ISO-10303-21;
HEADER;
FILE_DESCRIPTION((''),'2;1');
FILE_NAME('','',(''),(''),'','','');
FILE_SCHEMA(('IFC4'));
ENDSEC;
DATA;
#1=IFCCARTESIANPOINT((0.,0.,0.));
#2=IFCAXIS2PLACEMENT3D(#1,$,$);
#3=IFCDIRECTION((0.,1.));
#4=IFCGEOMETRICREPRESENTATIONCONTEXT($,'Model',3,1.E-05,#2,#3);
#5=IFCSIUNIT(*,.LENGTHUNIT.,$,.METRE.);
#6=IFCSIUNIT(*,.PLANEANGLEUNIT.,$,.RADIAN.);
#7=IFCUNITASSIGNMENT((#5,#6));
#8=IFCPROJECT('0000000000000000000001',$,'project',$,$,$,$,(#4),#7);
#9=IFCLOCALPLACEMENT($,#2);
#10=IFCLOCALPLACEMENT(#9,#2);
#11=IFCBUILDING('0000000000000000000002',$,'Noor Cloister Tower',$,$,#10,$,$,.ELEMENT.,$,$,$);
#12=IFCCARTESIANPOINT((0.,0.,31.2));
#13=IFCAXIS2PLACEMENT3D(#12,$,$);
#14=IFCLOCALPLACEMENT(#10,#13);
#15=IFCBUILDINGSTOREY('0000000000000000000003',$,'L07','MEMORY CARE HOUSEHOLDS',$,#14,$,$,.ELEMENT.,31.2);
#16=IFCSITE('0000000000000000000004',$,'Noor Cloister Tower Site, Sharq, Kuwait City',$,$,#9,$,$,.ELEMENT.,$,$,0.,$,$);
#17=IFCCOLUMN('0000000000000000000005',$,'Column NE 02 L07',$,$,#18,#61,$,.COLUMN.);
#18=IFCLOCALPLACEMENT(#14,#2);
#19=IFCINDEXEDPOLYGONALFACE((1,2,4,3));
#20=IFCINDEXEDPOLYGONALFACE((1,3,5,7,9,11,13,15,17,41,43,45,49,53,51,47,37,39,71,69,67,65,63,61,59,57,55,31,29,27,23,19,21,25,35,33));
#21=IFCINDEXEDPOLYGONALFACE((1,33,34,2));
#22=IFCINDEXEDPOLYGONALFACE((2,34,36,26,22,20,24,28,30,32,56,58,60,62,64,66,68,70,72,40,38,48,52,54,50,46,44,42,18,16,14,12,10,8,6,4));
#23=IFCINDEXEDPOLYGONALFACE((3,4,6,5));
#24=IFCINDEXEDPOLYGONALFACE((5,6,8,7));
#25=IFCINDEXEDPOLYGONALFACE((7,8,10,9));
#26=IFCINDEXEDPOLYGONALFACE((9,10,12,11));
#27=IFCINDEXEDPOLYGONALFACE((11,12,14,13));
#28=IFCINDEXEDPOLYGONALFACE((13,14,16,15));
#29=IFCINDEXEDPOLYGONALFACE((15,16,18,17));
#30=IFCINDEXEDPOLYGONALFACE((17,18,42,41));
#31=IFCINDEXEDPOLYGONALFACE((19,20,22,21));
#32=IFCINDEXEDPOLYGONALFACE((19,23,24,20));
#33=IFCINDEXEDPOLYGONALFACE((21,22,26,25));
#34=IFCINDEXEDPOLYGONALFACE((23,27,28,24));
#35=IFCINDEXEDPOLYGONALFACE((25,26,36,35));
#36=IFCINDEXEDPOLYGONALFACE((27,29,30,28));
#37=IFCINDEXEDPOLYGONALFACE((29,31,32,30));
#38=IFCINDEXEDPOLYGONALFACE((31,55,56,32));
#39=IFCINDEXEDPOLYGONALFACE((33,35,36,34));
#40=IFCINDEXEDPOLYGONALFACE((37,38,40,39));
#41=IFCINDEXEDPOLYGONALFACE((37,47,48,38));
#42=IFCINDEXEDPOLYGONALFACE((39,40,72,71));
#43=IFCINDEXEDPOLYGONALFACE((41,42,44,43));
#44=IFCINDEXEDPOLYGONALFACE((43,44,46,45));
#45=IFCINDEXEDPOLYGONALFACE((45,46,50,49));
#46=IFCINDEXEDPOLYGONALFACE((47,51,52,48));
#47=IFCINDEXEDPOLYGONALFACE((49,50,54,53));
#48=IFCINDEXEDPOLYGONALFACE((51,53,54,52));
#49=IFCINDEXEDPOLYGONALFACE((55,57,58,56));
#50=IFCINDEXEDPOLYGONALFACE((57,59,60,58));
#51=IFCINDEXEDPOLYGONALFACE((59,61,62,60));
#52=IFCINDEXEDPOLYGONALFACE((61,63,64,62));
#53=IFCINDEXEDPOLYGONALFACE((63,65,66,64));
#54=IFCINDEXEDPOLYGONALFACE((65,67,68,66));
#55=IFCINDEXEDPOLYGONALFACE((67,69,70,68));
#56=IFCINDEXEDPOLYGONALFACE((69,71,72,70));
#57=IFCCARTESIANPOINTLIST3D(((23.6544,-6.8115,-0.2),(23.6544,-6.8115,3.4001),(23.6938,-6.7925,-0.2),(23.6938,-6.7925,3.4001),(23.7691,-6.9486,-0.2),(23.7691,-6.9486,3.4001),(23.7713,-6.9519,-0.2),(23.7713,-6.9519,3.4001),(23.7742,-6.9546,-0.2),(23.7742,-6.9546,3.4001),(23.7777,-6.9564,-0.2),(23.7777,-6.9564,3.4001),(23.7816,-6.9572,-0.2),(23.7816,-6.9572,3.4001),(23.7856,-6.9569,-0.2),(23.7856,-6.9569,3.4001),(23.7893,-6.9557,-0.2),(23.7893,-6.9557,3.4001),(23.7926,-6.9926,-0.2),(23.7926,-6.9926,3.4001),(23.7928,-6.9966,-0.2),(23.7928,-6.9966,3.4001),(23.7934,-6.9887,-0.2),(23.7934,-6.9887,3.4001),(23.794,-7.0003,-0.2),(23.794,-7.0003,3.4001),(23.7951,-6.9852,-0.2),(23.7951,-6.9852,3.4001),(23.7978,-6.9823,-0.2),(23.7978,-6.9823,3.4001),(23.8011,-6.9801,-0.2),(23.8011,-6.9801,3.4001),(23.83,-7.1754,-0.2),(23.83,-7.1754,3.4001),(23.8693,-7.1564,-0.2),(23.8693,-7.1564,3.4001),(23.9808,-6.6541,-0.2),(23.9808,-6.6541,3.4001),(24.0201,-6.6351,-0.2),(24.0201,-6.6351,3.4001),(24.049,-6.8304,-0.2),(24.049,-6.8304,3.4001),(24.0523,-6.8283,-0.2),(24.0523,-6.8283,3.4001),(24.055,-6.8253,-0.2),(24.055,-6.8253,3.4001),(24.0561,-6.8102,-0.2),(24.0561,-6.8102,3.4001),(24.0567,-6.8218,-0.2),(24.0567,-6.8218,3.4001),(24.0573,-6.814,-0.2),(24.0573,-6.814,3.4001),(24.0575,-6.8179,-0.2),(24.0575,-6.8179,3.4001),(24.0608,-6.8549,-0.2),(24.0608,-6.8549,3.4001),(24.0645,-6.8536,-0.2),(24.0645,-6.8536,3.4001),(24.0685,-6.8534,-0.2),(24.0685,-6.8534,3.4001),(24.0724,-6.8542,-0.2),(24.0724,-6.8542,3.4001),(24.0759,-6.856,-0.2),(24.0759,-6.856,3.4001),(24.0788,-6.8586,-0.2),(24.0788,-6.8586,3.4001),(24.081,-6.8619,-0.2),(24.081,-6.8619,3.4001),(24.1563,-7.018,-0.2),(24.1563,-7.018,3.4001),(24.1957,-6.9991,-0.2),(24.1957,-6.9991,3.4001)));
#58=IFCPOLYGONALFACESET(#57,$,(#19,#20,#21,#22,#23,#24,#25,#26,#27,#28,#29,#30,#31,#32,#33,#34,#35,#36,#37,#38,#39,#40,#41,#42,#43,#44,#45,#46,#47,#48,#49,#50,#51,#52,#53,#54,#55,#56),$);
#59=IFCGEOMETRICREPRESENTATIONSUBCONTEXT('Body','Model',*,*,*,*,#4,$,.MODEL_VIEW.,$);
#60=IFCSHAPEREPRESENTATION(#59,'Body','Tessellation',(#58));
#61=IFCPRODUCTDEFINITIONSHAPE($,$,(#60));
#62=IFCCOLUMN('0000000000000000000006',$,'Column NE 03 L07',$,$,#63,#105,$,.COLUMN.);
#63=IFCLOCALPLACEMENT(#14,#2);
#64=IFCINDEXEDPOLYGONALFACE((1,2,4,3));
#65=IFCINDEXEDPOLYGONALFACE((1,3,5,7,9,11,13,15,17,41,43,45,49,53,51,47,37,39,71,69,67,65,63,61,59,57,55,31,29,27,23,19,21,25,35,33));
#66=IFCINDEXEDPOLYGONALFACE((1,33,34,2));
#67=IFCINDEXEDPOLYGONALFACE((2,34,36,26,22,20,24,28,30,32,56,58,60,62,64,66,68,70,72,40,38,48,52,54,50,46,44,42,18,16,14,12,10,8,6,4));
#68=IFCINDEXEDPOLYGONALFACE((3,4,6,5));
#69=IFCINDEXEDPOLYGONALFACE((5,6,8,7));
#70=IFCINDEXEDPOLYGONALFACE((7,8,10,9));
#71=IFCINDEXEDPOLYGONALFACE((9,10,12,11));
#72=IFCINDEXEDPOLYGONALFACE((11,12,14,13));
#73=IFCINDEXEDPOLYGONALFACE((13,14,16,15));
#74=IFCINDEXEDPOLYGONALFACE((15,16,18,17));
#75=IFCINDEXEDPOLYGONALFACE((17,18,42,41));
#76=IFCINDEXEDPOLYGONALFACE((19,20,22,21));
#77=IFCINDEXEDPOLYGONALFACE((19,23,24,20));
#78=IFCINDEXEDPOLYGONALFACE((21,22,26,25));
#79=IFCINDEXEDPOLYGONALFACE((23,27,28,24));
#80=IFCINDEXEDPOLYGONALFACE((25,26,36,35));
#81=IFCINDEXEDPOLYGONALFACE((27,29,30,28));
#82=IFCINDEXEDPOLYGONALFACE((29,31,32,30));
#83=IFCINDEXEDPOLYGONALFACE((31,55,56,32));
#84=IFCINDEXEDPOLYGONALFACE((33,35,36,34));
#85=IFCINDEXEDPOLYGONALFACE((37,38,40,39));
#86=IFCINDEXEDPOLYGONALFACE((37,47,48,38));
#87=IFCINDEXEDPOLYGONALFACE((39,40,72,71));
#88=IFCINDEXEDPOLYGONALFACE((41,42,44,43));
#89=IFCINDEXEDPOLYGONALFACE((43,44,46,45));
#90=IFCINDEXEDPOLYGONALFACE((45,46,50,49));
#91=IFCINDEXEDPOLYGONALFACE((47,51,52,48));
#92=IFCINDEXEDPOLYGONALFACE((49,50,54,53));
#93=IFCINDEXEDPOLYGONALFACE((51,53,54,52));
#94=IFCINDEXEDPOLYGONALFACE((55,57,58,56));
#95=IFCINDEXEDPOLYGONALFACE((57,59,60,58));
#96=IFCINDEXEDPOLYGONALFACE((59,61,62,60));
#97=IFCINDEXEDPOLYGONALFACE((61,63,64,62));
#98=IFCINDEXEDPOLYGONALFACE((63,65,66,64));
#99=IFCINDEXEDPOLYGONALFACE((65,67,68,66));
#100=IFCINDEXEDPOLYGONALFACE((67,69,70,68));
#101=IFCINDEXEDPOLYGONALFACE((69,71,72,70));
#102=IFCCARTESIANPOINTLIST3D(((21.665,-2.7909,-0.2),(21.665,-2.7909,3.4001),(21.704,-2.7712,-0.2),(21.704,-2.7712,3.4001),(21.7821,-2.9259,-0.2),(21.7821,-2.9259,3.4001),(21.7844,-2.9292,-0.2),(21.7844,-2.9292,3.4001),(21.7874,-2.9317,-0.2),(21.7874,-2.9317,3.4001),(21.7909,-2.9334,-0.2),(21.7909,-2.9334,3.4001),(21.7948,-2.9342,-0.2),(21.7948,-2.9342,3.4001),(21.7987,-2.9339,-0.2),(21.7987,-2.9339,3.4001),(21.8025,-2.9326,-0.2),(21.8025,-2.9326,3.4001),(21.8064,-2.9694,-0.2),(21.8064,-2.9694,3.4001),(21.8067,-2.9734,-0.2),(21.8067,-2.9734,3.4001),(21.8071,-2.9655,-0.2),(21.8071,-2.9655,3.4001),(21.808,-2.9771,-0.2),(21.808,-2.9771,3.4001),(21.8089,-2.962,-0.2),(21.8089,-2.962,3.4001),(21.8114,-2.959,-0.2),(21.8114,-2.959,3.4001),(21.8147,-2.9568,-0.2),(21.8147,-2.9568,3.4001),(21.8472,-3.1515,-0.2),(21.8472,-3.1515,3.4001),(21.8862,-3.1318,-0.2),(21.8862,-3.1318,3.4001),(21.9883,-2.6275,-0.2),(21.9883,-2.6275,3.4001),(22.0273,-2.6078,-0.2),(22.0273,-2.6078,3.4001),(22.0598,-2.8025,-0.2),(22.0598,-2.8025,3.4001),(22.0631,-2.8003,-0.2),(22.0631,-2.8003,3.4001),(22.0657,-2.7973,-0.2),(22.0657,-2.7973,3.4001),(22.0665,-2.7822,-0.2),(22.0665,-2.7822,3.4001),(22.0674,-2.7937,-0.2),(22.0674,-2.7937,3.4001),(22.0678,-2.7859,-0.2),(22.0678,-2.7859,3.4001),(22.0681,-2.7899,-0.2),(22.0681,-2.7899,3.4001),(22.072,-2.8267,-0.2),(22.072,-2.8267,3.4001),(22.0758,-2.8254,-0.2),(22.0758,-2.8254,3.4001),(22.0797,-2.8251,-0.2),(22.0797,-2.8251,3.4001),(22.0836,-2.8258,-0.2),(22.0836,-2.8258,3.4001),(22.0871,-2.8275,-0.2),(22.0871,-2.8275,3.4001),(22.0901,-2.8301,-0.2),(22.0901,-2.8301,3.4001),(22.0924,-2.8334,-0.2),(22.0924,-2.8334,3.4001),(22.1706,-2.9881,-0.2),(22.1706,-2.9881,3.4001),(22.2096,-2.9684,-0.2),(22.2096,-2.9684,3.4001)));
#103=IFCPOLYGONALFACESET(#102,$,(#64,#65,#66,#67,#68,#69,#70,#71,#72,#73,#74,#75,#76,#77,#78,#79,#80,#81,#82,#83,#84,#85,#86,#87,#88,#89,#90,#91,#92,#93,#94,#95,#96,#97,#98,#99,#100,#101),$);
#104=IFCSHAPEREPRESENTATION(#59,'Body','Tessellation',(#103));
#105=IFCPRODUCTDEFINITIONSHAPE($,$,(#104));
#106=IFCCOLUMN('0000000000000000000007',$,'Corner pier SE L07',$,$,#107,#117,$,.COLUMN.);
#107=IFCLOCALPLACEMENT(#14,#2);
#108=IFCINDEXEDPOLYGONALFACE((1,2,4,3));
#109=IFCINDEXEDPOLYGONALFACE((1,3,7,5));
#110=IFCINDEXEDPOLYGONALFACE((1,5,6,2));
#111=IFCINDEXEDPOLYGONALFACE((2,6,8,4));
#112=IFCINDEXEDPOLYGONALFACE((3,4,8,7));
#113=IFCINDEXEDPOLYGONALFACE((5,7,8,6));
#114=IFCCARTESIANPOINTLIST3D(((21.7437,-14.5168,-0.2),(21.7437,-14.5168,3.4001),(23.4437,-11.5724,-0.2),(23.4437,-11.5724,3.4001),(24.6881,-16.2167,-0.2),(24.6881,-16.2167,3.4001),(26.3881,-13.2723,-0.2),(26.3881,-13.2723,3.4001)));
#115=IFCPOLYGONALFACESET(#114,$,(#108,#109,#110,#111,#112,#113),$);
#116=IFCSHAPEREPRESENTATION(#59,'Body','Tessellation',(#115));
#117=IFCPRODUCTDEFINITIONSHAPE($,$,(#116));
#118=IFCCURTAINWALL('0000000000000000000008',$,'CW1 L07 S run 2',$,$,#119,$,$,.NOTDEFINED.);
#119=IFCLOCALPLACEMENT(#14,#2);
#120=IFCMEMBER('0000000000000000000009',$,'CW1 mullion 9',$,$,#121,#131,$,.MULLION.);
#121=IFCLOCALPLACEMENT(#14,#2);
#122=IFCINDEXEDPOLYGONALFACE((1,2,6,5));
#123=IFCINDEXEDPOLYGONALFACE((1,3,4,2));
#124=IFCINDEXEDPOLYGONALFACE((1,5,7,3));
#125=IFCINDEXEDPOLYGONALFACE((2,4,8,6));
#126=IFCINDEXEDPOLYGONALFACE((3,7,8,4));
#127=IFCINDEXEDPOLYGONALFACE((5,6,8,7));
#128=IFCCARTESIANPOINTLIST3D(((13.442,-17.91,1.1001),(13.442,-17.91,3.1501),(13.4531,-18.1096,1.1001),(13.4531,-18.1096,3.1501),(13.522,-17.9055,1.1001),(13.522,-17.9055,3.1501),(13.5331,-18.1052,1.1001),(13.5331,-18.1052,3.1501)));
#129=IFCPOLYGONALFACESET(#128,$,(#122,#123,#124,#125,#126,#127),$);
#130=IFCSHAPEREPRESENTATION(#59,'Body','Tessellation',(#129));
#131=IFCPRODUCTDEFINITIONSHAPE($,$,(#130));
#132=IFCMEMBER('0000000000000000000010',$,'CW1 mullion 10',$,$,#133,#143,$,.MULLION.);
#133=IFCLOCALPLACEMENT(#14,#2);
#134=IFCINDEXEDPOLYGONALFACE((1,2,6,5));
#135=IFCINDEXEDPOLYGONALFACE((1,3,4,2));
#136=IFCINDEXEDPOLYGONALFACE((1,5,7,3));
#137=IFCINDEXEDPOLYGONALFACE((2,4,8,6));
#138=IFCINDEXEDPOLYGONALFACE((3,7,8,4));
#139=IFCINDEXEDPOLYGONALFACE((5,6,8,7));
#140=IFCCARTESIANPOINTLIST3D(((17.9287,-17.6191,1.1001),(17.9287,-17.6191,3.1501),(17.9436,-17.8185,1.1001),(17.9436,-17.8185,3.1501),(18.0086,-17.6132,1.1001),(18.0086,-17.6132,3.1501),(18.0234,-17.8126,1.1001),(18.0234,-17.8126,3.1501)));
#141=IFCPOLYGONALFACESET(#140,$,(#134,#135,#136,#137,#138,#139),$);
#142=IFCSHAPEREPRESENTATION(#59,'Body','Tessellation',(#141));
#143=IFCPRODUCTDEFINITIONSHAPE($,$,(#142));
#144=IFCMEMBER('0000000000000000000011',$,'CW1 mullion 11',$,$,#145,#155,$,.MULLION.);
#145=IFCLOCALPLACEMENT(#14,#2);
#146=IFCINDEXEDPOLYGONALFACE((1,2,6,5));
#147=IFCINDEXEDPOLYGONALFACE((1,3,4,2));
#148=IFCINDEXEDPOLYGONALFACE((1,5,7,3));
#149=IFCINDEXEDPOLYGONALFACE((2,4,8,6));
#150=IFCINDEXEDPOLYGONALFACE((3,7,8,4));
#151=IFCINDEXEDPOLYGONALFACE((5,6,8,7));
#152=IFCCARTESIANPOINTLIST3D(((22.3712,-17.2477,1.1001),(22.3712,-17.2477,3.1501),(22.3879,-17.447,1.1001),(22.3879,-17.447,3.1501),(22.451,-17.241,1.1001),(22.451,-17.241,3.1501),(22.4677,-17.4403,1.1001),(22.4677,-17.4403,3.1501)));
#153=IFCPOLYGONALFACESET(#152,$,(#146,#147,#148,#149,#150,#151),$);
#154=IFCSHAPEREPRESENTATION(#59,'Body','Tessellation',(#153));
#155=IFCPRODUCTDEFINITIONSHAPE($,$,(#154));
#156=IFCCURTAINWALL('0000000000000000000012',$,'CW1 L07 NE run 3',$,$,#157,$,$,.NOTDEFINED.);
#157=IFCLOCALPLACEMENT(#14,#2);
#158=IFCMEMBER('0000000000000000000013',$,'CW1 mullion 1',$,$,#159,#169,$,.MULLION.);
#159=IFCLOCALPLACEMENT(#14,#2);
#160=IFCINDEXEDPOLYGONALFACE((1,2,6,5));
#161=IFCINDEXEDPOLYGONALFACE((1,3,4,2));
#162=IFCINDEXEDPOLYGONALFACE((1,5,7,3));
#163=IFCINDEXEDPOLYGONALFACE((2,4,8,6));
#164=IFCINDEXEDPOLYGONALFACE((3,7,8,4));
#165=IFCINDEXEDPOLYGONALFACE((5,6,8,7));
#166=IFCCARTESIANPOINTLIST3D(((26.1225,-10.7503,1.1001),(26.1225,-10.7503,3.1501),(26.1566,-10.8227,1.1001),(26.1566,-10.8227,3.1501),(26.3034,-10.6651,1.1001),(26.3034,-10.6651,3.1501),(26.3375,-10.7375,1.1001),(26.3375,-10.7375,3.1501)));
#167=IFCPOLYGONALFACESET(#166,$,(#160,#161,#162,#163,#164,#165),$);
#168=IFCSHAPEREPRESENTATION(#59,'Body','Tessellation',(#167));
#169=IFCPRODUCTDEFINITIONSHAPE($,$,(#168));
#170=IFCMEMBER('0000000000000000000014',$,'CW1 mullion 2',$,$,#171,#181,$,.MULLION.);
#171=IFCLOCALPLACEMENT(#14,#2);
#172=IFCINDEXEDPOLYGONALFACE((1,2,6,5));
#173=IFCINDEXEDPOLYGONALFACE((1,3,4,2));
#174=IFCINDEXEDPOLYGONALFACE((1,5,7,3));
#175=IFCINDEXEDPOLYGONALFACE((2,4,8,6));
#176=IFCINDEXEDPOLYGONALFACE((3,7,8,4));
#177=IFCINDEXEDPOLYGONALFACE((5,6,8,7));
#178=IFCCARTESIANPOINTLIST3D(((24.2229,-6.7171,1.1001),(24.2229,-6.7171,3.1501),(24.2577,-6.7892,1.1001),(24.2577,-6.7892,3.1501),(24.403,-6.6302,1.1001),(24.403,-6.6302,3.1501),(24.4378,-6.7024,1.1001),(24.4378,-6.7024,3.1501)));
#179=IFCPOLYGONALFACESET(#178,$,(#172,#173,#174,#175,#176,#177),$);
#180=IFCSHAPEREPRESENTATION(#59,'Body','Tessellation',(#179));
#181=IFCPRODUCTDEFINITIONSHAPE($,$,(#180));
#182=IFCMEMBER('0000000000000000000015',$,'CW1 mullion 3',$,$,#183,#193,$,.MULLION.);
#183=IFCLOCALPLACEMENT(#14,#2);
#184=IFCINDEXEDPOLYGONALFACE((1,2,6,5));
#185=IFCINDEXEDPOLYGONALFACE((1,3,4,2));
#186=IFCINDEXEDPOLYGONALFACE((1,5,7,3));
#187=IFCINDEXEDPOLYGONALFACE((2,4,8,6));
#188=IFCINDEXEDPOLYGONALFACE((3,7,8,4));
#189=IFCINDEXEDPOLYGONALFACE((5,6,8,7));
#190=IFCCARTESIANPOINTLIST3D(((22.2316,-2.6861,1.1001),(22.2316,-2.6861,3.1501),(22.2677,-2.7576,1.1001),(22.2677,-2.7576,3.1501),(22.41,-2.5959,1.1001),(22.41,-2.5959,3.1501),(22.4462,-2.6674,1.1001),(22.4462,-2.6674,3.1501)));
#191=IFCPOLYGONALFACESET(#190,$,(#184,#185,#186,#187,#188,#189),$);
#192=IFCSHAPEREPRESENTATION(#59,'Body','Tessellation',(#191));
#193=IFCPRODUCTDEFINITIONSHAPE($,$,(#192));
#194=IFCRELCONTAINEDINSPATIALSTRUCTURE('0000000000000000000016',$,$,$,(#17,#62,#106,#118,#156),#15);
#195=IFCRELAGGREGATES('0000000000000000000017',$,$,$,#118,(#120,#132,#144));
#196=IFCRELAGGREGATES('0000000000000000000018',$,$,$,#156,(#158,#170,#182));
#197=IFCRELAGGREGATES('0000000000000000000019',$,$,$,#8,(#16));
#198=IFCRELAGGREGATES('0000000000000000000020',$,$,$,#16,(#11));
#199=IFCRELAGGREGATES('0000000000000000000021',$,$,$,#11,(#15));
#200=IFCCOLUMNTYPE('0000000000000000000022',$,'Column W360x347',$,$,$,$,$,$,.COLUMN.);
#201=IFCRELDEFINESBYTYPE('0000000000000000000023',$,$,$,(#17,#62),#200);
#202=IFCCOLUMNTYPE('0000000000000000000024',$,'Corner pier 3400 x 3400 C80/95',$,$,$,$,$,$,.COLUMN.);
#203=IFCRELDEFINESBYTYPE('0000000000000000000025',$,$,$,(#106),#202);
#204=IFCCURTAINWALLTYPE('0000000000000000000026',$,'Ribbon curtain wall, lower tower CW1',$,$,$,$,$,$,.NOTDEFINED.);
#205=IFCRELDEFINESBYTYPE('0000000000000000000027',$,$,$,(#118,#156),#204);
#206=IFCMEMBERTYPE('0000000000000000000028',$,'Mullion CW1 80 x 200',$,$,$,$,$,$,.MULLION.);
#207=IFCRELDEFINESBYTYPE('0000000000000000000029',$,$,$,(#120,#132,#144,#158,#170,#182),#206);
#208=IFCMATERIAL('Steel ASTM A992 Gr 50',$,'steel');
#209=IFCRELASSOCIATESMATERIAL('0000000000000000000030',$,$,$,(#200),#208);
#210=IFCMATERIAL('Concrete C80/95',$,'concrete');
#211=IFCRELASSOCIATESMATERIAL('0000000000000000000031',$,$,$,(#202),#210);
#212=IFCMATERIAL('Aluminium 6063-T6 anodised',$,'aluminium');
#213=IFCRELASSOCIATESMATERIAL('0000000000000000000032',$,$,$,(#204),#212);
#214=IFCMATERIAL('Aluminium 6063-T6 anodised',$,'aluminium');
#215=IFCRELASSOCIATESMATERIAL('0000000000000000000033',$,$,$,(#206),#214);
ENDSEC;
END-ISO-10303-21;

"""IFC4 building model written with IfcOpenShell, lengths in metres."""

from ifc_helpers import new_model, si_unit, direction, frame, origin, origin_2d, place, context, subcontext, project, spatial, rectangle, i_section, extrude, material, material_profile, profile_set, type_object, element, aggregate, save


model = new_model("IFC4")

# Units and contexts
model_context = context("Model", 3, precision=1e-05, world=origin(), true_north=direction((0.0, 1.0)))
body_context = subcontext(model_context, "Body", "Model", "MODEL_VIEW")
ifc_project = project(units=[si_unit("LENGTHUNIT", "METRE"), si_unit("PLANEANGLEUNIT", "RADIAN")], contexts=[model_context])

# Site, building, storey
site_placement = place(None, origin())
site = spatial("IfcSite", under=ifc_project, at=site_placement, Name="Noor Cloister Tower Site, Sharq, Kuwait City", CompositionType="ELEMENT", RefElevation=0.0)
building_placement = place(site_placement, origin())
building = spatial("IfcBuilding", under=site, at=building_placement, Name="Noor Cloister Tower", CompositionType="ELEMENT")
storey_placement = place(building_placement, frame((0.0, 0.0, 31.2)))
storey = spatial("IfcBuildingStorey", under=building, at=storey_placement, Name="L07", Description="MEMORY CARE HOUSEHOLDS", CompositionType="ELEMENT", Elevation=31.2)

# Columns
ifc_material_1 = material(Name="Steel ASTM A992 Gr 50", Category="steel")
ifc_material_profile_1 = material_profile(ifc_material_1, i_section(OverallWidth=0.4041, OverallDepth=0.406, WebThickness=0.0271, FlangeThickness=0.0437, FilletRadius=0.0151, at=origin_2d()), Name="W360x347")
ifc_profile_set_1 = profile_set([ifc_material_profile_1], Name="Steel ASTM A992 Gr 50")
column_type_1 = type_object("IfcColumnType", Name="Column W360x347", PredefinedType="COLUMN", material=ifc_profile_set_1)
for number, where, z_axis, x_axis, name in (
    (1, (23.925, -6.9053, -0.2), (0.0, 0.0, 1.0), (-0.43441, 0.900715, 0.0), "Column NE 02 L07"),
    (2, (21.9373, -2.8796, -0.2), (0.0, 0.0, 1.0), (-0.451046, 0.892501, 0.0), "Column NE 03 L07"),
):
    element("IfcColumn", number, at=place(storey_placement, frame(where, z_axis=z_axis, x_axis=x_axis)), inside=storey, type_object=column_type_1, Name=name, PredefinedType="COLUMN", context=body_context, shape_type="SweptSolid", body=[
        extrude(i_section(OverallWidth=0.4041, OverallDepth=0.406, WebThickness=0.0271, FlangeThickness=0.0437, FilletRadius=0.0151, at=origin_2d()), origin(), (0.0, 0.0, 1.0), 3.6001),
    ])
ifc_material_2 = material(Name="Concrete C80/95", Category="concrete")
ifc_material_profile_2 = material_profile(ifc_material_2, rectangle(XDim=3.3999, YDim=3.3999, at=origin_2d()), Name="RC 3400x3400")
ifc_profile_set_2 = profile_set([ifc_material_profile_2], Name="Concrete C80/95")
column_type_2 = type_object("IfcColumnType", Name="Corner pier 3400 x 3400 C80/95", PredefinedType="COLUMN", material=ifc_profile_set_2)
column_placement = place(storey_placement, frame((24.0659, -13.8945, -0.2), z_axis=(0.0, 0.0, 1.0), x_axis=(0.866025, -0.5, 0.0)))
element("IfcColumn", 3, at=column_placement, inside=storey, type_object=column_type_2, Name="Corner pier SE L07", PredefinedType="COLUMN", context=body_context, shape_type="SweptSolid", body=[
    extrude(rectangle(XDim=3.3999, YDim=3.3999, at=origin_2d()), origin(), (0.0, 0.0, 1.0), 3.6001),
])

# Curtain walls, members
ifc_material_3 = material(Name="Aluminium 6063-T6 anodised", Category="aluminium")
curtain_wall_type = type_object("IfcCurtainWallType", Name="Ribbon curtain wall, lower tower CW1", PredefinedType="NOTDEFINED", material=ifc_material_3)
curtain_wall_1_placement = place(storey_placement, origin())
curtain_wall_1 = element("IfcCurtainWall", 4, at=curtain_wall_1_placement, inside=storey, type_object=curtain_wall_type, Name="CW1 L07 S run 2", PredefinedType="NOTDEFINED")
ifc_material_4 = material(Name="Aluminium 6063-T6 anodised", Category="aluminium")
ifc_material_profile_3 = material_profile(ifc_material_4, rectangle(XDim=0.2, YDim=0.0801, at=origin_2d()), Name="200 x 80 mullion")
ifc_profile_set_3 = profile_set([ifc_material_profile_3], Name="Aluminium 6063-T6 anodised")
member_type = type_object("IfcMemberType", Name="Mullion CW1 80 x 200", PredefinedType="MULLION", material=ifc_profile_set_3)
member_1_placement = place(storey_placement, frame((13.4875, -18.0076, 1.1001), z_axis=(0.0, 0.0, 1.0), x_axis=(-0.055633, 0.998451, 0.0)))
member_1 = element("IfcMember", 5, at=member_1_placement, type_object=member_type, Name="CW1 mullion 9", PredefinedType="MULLION", context=body_context, shape_type="SweptSolid", body=[
    extrude(rectangle(XDim=0.2, YDim=0.0801, at=origin_2d()), origin(), (0.0, 0.0, 1.0), 2.05),
])
member_2_placement = place(storey_placement, frame((17.9761, -17.7158, 1.1001), z_axis=(0.0, 0.0, 1.0), x_axis=(-0.074147, 0.997247, 0.0)))
member_2 = element("IfcMember", 6, at=member_2_placement, type_object=member_type, Name="CW1 mullion 10", PredefinedType="MULLION", context=body_context, shape_type="SweptSolid", body=[
    extrude(rectangle(XDim=0.2, YDim=0.0801, at=origin_2d()), origin(), (0.0, 0.0, 1.0), 2.05),
])
member_3_placement = place(storey_placement, frame((22.4194, -17.344, 1.1001), z_axis=(0.0, 0.0, 1.0), x_axis=(-0.083396, 0.996517, 0.0)))
member_3 = element("IfcMember", 7, at=member_3_placement, type_object=member_type, Name="CW1 mullion 11", PredefinedType="MULLION", context=body_context, shape_type="SweptSolid", body=[
    extrude(rectangle(XDim=0.2, YDim=0.0801, at=origin_2d()), origin(), (0.0, 0.0, 1.0), 2.05),
])
curtain_wall_2_placement = place(storey_placement, origin())
curtain_wall_2 = element("IfcCurtainWall", 8, at=curtain_wall_2_placement, inside=storey, type_object=curtain_wall_type, Name="CW1 L07 NE run 3", PredefinedType="NOTDEFINED")
member_4_placement = place(storey_placement, frame((26.23, -10.7439, 1.1001), z_axis=(0.0, 0.0, 1.0), x_axis=(-0.904706, -0.426036, 0.0)))
member_4 = element("IfcMember", 9, at=member_4_placement, type_object=member_type, Name="CW1 mullion 1", PredefinedType="MULLION", context=body_context, shape_type="SweptSolid", body=[
    extrude(rectangle(XDim=0.2, YDim=0.0801, at=origin_2d()), origin(), (0.0, 0.0, 1.0), 2.05),
])
member_5_placement = place(storey_placement, frame((24.3303, -6.7097, 1.1001), z_axis=(0.0, 0.0, 1.0), x_axis=(-0.900715, -0.43441, 0.0)))
member_5 = element("IfcMember", 10, at=member_5_placement, type_object=member_type, Name="CW1 mullion 2", PredefinedType="MULLION", context=body_context, shape_type="SweptSolid", body=[
    extrude(rectangle(XDim=0.2, YDim=0.0801, at=origin_2d()), origin(), (0.0, 0.0, 1.0), 2.05),
])
member_6_placement = place(storey_placement, frame((22.3389, -2.6768, 1.1001), z_axis=(0.0, 0.0, 1.0), x_axis=(-0.892501, -0.451046, 0.0)))
member_6 = element("IfcMember", 11, at=member_6_placement, type_object=member_type, Name="CW1 mullion 3", PredefinedType="MULLION", context=body_context, shape_type="SweptSolid", body=[
    extrude(rectangle(XDim=0.2, YDim=0.0801, at=origin_2d()), origin(), (0.0, 0.0, 1.0), 2.05),
])

aggregate(curtain_wall_1, [member_1, member_2, member_3])
aggregate(curtain_wall_2, [member_4, member_5, member_6])

save(model, "model.ifc")
